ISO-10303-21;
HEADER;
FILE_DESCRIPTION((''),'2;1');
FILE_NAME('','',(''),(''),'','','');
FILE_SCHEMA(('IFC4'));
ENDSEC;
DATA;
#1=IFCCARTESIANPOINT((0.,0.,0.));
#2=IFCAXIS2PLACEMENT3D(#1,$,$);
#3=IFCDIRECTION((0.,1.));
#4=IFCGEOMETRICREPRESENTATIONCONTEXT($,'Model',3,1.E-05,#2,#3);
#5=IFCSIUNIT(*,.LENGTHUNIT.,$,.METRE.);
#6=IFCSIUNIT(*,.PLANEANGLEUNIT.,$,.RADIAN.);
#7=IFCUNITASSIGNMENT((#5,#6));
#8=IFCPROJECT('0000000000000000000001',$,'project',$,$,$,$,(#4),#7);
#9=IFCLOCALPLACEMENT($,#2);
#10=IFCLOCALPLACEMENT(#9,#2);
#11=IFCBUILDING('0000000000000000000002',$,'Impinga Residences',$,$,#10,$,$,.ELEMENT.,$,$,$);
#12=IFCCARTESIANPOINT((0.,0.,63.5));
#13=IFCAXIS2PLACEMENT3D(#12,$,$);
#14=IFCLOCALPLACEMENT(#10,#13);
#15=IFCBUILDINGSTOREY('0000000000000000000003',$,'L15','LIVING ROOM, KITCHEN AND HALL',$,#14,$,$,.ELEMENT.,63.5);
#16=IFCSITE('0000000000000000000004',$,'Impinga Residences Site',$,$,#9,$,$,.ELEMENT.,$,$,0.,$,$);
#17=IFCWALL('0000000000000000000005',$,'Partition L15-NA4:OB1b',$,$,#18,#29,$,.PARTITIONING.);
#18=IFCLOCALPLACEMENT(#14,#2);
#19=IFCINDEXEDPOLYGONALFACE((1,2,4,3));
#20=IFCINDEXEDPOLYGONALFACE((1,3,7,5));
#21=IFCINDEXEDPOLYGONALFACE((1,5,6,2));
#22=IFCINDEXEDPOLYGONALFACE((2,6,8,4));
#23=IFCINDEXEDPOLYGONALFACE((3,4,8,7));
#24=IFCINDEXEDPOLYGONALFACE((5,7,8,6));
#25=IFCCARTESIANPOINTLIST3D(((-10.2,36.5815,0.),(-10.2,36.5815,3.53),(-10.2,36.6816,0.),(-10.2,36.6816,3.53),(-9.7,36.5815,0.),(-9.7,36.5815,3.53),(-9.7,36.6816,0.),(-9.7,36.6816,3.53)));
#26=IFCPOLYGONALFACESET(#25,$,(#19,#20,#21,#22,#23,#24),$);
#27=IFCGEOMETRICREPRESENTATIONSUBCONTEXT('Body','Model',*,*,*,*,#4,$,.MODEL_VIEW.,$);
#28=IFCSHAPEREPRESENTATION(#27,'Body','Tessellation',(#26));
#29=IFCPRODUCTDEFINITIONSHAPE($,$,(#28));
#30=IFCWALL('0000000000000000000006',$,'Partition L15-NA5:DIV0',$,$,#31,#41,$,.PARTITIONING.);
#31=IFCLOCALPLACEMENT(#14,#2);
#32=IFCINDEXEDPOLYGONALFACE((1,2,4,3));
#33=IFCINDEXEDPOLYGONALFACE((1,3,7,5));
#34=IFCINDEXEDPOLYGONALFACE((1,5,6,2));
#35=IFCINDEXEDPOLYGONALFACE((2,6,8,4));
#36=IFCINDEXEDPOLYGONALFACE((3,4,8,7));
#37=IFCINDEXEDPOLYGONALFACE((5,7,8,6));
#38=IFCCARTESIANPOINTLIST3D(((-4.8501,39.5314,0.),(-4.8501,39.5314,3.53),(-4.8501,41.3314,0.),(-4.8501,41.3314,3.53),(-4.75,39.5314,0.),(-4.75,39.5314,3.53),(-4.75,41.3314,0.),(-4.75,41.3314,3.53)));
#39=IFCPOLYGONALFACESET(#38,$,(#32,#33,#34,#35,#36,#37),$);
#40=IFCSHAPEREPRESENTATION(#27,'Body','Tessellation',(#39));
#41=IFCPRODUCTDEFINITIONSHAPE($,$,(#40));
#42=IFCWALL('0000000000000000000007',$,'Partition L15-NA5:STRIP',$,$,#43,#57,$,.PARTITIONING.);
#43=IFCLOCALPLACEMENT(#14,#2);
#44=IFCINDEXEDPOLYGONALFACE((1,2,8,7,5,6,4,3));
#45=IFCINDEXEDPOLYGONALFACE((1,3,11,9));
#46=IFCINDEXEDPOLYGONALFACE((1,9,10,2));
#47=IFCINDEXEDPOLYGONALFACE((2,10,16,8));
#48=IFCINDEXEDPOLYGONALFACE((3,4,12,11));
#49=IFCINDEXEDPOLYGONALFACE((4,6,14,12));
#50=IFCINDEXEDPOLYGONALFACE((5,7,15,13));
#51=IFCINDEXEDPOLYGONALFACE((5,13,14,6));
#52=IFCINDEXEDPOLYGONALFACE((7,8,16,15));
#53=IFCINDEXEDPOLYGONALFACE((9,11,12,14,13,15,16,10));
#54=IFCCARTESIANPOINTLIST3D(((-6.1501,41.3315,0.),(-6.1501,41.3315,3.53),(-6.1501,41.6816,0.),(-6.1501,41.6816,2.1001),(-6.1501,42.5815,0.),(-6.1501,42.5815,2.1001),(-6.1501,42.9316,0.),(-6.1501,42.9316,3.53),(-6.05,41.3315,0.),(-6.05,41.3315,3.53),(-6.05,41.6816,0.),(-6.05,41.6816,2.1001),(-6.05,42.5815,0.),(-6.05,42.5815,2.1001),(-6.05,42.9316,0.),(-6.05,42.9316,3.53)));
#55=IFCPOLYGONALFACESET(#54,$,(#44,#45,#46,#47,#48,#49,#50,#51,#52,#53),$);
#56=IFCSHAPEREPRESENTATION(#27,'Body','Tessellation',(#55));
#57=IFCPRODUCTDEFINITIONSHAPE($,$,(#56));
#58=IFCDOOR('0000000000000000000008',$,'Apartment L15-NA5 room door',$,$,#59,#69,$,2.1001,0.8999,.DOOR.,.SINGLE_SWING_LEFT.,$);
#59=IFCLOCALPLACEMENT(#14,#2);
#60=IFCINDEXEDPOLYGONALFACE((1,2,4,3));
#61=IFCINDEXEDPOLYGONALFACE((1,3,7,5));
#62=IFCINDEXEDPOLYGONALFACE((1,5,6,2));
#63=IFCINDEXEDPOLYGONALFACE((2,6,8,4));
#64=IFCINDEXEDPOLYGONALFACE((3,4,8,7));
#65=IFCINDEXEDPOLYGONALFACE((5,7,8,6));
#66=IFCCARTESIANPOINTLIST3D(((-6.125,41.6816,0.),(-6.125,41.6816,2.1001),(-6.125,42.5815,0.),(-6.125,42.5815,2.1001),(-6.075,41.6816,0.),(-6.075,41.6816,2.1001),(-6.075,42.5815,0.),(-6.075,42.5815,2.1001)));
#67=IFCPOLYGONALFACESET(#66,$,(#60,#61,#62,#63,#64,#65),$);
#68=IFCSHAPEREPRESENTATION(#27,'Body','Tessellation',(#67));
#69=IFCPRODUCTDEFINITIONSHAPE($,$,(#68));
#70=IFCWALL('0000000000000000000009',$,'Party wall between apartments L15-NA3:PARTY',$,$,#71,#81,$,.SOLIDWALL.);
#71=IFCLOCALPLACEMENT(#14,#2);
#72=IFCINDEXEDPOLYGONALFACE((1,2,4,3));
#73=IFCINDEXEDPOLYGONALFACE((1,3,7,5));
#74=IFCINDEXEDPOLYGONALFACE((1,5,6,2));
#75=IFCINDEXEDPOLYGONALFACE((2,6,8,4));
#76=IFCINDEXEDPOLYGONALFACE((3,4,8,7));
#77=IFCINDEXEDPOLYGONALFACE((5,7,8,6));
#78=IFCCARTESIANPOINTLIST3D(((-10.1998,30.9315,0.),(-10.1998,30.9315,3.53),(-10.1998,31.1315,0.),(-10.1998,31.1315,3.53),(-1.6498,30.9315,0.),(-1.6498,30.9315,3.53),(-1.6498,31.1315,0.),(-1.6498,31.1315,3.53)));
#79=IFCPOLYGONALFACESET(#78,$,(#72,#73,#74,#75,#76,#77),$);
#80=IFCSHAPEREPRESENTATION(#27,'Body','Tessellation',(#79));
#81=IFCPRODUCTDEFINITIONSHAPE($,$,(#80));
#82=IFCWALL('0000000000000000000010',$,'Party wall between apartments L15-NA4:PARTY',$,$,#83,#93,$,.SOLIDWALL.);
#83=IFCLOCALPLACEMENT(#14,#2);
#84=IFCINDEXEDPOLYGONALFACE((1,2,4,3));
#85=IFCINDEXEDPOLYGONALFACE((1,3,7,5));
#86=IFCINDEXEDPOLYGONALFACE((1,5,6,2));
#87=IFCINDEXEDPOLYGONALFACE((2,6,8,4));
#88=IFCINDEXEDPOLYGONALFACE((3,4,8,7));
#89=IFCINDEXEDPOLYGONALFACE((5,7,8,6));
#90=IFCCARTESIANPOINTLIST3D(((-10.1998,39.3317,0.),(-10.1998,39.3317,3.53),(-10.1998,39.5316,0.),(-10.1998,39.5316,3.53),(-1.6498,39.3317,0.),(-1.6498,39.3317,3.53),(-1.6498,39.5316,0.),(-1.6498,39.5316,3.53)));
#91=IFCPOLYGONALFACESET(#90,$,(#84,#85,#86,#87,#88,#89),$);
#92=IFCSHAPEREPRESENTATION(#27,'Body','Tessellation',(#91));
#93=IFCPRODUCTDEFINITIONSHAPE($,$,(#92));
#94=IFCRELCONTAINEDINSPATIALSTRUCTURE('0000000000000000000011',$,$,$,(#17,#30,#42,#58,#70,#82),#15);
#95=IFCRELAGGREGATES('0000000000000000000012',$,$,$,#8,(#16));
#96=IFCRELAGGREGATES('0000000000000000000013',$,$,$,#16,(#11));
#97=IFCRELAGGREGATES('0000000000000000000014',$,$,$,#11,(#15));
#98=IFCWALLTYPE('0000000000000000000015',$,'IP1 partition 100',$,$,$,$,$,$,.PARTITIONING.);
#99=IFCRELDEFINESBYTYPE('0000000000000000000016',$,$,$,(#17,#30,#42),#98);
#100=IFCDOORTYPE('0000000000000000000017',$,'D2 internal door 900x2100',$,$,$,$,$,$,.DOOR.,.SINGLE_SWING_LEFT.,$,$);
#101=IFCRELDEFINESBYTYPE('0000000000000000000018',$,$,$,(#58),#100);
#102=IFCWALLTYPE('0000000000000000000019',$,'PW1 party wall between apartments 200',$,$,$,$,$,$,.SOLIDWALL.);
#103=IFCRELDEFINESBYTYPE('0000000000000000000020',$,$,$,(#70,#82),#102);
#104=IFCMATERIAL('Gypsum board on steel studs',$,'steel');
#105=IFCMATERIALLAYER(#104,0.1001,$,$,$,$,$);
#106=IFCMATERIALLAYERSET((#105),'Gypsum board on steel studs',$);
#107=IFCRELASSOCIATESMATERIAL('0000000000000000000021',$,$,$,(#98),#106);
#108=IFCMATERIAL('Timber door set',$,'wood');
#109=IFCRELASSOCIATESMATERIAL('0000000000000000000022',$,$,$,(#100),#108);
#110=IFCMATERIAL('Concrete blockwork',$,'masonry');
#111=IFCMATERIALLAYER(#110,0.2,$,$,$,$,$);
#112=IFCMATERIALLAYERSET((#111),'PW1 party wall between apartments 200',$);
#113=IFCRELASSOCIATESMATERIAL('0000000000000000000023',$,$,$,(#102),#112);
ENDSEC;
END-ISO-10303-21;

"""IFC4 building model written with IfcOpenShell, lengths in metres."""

from ifc_helpers import new_model, si_unit, direction, frame, frame_2d, origin, place, context, subcontext, project, spatial, rectangle, extrude, material, layer, layer_set, type_object, element, fill, save


model = new_model("IFC4")

# Units and contexts
model_context = context("Model", 3, precision=1e-05, world=origin(), true_north=direction((0.0, 1.0)))
body_context = subcontext(model_context, "Body", "Model", "MODEL_VIEW")
ifc_project = project(units=[si_unit("LENGTHUNIT", "METRE"), si_unit("PLANEANGLEUNIT", "RADIAN")], contexts=[model_context])

# Site, building, storey
site_placement = place(None, origin())
site = spatial("IfcSite", under=ifc_project, at=site_placement, Name="Impinga Residences Site", CompositionType="ELEMENT", RefElevation=0.0)
building_placement = place(site_placement, origin())
building = spatial("IfcBuilding", under=site, at=building_placement, Name="Impinga Residences", CompositionType="ELEMENT")
storey_placement = place(building_placement, frame((0.0, 0.0, 63.5)))
storey = spatial("IfcBuildingStorey", under=building, at=storey_placement, Name="L15", Description="LIVING ROOM, KITCHEN AND HALL", CompositionType="ELEMENT", Elevation=63.5)

# Shared definitions
ifc_material_1 = material(Name="Gypsum board on steel studs", Category="steel")
ifc_layer_1 = layer(ifc_material_1, 0.1001)
ifc_layer_set_1 = layer_set([ifc_layer_1], Name="Gypsum board on steel studs")
wall_type_1 = type_object("IfcWallType", Name="IP1 partition 100", PredefinedType="PARTITIONING", material=ifc_layer_set_1)

# Shared definitions
ifc_material_2 = material(Name="Timber door set", Category="wood")
door_type = type_object("IfcDoorType", Name="D2 internal door 900x2100", OperationType="SINGLE_SWING_LEFT", PredefinedType="DOOR", material=ifc_material_2)

# Walls
wall_1_placement = place(storey_placement, frame((-9.7, 36.6316, 0.0), z_axis=(0.0, 0.0, 1.0), x_axis=(-1.0, 0.0, 0.0)))
element("IfcWall", 1, at=wall_1_placement, inside=storey, type_object=wall_type_1, Name="Partition L15-NA4:OB1b", PredefinedType="PARTITIONING", context=body_context, shape_type="SweptSolid", body=[
    extrude(rectangle(XDim=0.5, YDim=0.1001, at=frame_2d((0.25, 0.0))), origin(), (0.0, 0.0, 1.0), 3.53),
])
wall_2_placement = place(storey_placement, frame((-4.8, 39.5315, 0.0), z_axis=(0.0, 0.0, 1.0), x_axis=(0.0, 1.0, 0.0)))
element("IfcWall", 2, at=wall_2_placement, inside=storey, type_object=wall_type_1, Name="Partition L15-NA5:DIV0", PredefinedType="PARTITIONING", context=body_context, shape_type="SweptSolid", body=[
    extrude(rectangle(XDim=1.8, YDim=0.1001, at=frame_2d((0.8999, 0.0))), origin(), (0.0, 0.0, 1.0), 3.53),
])

# Wall, opening, door
wall_3_placement = place(storey_placement, frame((-6.1001, 41.3315, 0.0), z_axis=(0.0, 0.0, 1.0), x_axis=(0.0, 1.0, 0.0)))
wall_3 = element("IfcWall", 3, at=wall_3_placement, inside=storey, type_object=wall_type_1, Name="Partition L15-NA5:STRIP", PredefinedType="PARTITIONING", context=body_context, shape_type="SweptSolid", body=[
    extrude(rectangle(XDim=1.6001, YDim=0.1001, at=frame_2d((0.8, 0.0))), origin(), (0.0, 0.0, 1.0), 3.53),
])
opening_1_placement = place(wall_3_placement, frame((0.3501, 0.0, 0.0)))
opening_1 = element("IfcOpeningElement", 4, at=opening_1_placement, cuts=wall_3, PredefinedType="OPENING", context=body_context, shape_type="SweptSolid", body=[
    extrude(rectangle(XDim=0.8999, YDim=2.1001, at=frame_2d((0.45, 1.05))), frame((0.0, 0.0601, 0.0), z_axis=(0.0, -1.0, 0.0), x_axis=(1.0, 0.0, 0.0)), (0.0, 0.0, 1.0), 0.1201),
])
door_1_placement = place(opening_1_placement, origin())
door_1 = element("IfcDoor", 5, at=door_1_placement, inside=storey, type_object=door_type, Name="Apartment L15-NA5 room door", OperationType="SINGLE_SWING_LEFT", OverallHeight=2.1001, OverallWidth=0.8999, PredefinedType="DOOR", context=body_context, shape_type="SweptSolid", body=[
    extrude(rectangle(XDim=0.8999, YDim=2.1001, at=frame_2d((0.45, 1.05))), frame((0.0, 0.0249, 0.0), z_axis=(0.0, -1.0, 0.0), x_axis=(1.0, 0.0, 0.0)), (0.0, 0.0, 1.0), 0.05),
])
fill(opening_1, door_1)

# Walls
ifc_material_3 = material(Name="Concrete blockwork", Category="masonry")
ifc_layer_2 = layer(ifc_material_3, 0.2)
ifc_layer_set_2 = layer_set([ifc_layer_2], Name="PW1 party wall between apartments 200")
wall_type_2 = type_object("IfcWallType", Name="PW1 party wall between apartments 200", PredefinedType="SOLIDWALL", material=ifc_layer_set_2)
for number, where, z_axis, x_axis, name in (
    (6, (-1.6499, 31.0315, 0.0), (0.0, 0.0, 1.0), (-1.0, 0.0, 0.0), "Party wall between apartments L15-NA3:PARTY"),
    (7, (-1.6499, 39.4316, 0.0), (0.0, 0.0, 1.0), (-1.0, 0.0, 0.0), "Party wall between apartments L15-NA4:PARTY"),
):
    element("IfcWall", number, at=place(storey_placement, frame(where, z_axis=z_axis, x_axis=x_axis)), inside=storey, type_object=wall_type_2, Name=name, PredefinedType="SOLIDWALL", context=body_context, shape_type="SweptSolid", body=[
        extrude(rectangle(XDim=8.55, YDim=0.2, at=frame_2d((4.2749, 0.0))), origin(), (0.0, 0.0, 1.0), 3.53),
    ])

save(model, "model.ifc")
